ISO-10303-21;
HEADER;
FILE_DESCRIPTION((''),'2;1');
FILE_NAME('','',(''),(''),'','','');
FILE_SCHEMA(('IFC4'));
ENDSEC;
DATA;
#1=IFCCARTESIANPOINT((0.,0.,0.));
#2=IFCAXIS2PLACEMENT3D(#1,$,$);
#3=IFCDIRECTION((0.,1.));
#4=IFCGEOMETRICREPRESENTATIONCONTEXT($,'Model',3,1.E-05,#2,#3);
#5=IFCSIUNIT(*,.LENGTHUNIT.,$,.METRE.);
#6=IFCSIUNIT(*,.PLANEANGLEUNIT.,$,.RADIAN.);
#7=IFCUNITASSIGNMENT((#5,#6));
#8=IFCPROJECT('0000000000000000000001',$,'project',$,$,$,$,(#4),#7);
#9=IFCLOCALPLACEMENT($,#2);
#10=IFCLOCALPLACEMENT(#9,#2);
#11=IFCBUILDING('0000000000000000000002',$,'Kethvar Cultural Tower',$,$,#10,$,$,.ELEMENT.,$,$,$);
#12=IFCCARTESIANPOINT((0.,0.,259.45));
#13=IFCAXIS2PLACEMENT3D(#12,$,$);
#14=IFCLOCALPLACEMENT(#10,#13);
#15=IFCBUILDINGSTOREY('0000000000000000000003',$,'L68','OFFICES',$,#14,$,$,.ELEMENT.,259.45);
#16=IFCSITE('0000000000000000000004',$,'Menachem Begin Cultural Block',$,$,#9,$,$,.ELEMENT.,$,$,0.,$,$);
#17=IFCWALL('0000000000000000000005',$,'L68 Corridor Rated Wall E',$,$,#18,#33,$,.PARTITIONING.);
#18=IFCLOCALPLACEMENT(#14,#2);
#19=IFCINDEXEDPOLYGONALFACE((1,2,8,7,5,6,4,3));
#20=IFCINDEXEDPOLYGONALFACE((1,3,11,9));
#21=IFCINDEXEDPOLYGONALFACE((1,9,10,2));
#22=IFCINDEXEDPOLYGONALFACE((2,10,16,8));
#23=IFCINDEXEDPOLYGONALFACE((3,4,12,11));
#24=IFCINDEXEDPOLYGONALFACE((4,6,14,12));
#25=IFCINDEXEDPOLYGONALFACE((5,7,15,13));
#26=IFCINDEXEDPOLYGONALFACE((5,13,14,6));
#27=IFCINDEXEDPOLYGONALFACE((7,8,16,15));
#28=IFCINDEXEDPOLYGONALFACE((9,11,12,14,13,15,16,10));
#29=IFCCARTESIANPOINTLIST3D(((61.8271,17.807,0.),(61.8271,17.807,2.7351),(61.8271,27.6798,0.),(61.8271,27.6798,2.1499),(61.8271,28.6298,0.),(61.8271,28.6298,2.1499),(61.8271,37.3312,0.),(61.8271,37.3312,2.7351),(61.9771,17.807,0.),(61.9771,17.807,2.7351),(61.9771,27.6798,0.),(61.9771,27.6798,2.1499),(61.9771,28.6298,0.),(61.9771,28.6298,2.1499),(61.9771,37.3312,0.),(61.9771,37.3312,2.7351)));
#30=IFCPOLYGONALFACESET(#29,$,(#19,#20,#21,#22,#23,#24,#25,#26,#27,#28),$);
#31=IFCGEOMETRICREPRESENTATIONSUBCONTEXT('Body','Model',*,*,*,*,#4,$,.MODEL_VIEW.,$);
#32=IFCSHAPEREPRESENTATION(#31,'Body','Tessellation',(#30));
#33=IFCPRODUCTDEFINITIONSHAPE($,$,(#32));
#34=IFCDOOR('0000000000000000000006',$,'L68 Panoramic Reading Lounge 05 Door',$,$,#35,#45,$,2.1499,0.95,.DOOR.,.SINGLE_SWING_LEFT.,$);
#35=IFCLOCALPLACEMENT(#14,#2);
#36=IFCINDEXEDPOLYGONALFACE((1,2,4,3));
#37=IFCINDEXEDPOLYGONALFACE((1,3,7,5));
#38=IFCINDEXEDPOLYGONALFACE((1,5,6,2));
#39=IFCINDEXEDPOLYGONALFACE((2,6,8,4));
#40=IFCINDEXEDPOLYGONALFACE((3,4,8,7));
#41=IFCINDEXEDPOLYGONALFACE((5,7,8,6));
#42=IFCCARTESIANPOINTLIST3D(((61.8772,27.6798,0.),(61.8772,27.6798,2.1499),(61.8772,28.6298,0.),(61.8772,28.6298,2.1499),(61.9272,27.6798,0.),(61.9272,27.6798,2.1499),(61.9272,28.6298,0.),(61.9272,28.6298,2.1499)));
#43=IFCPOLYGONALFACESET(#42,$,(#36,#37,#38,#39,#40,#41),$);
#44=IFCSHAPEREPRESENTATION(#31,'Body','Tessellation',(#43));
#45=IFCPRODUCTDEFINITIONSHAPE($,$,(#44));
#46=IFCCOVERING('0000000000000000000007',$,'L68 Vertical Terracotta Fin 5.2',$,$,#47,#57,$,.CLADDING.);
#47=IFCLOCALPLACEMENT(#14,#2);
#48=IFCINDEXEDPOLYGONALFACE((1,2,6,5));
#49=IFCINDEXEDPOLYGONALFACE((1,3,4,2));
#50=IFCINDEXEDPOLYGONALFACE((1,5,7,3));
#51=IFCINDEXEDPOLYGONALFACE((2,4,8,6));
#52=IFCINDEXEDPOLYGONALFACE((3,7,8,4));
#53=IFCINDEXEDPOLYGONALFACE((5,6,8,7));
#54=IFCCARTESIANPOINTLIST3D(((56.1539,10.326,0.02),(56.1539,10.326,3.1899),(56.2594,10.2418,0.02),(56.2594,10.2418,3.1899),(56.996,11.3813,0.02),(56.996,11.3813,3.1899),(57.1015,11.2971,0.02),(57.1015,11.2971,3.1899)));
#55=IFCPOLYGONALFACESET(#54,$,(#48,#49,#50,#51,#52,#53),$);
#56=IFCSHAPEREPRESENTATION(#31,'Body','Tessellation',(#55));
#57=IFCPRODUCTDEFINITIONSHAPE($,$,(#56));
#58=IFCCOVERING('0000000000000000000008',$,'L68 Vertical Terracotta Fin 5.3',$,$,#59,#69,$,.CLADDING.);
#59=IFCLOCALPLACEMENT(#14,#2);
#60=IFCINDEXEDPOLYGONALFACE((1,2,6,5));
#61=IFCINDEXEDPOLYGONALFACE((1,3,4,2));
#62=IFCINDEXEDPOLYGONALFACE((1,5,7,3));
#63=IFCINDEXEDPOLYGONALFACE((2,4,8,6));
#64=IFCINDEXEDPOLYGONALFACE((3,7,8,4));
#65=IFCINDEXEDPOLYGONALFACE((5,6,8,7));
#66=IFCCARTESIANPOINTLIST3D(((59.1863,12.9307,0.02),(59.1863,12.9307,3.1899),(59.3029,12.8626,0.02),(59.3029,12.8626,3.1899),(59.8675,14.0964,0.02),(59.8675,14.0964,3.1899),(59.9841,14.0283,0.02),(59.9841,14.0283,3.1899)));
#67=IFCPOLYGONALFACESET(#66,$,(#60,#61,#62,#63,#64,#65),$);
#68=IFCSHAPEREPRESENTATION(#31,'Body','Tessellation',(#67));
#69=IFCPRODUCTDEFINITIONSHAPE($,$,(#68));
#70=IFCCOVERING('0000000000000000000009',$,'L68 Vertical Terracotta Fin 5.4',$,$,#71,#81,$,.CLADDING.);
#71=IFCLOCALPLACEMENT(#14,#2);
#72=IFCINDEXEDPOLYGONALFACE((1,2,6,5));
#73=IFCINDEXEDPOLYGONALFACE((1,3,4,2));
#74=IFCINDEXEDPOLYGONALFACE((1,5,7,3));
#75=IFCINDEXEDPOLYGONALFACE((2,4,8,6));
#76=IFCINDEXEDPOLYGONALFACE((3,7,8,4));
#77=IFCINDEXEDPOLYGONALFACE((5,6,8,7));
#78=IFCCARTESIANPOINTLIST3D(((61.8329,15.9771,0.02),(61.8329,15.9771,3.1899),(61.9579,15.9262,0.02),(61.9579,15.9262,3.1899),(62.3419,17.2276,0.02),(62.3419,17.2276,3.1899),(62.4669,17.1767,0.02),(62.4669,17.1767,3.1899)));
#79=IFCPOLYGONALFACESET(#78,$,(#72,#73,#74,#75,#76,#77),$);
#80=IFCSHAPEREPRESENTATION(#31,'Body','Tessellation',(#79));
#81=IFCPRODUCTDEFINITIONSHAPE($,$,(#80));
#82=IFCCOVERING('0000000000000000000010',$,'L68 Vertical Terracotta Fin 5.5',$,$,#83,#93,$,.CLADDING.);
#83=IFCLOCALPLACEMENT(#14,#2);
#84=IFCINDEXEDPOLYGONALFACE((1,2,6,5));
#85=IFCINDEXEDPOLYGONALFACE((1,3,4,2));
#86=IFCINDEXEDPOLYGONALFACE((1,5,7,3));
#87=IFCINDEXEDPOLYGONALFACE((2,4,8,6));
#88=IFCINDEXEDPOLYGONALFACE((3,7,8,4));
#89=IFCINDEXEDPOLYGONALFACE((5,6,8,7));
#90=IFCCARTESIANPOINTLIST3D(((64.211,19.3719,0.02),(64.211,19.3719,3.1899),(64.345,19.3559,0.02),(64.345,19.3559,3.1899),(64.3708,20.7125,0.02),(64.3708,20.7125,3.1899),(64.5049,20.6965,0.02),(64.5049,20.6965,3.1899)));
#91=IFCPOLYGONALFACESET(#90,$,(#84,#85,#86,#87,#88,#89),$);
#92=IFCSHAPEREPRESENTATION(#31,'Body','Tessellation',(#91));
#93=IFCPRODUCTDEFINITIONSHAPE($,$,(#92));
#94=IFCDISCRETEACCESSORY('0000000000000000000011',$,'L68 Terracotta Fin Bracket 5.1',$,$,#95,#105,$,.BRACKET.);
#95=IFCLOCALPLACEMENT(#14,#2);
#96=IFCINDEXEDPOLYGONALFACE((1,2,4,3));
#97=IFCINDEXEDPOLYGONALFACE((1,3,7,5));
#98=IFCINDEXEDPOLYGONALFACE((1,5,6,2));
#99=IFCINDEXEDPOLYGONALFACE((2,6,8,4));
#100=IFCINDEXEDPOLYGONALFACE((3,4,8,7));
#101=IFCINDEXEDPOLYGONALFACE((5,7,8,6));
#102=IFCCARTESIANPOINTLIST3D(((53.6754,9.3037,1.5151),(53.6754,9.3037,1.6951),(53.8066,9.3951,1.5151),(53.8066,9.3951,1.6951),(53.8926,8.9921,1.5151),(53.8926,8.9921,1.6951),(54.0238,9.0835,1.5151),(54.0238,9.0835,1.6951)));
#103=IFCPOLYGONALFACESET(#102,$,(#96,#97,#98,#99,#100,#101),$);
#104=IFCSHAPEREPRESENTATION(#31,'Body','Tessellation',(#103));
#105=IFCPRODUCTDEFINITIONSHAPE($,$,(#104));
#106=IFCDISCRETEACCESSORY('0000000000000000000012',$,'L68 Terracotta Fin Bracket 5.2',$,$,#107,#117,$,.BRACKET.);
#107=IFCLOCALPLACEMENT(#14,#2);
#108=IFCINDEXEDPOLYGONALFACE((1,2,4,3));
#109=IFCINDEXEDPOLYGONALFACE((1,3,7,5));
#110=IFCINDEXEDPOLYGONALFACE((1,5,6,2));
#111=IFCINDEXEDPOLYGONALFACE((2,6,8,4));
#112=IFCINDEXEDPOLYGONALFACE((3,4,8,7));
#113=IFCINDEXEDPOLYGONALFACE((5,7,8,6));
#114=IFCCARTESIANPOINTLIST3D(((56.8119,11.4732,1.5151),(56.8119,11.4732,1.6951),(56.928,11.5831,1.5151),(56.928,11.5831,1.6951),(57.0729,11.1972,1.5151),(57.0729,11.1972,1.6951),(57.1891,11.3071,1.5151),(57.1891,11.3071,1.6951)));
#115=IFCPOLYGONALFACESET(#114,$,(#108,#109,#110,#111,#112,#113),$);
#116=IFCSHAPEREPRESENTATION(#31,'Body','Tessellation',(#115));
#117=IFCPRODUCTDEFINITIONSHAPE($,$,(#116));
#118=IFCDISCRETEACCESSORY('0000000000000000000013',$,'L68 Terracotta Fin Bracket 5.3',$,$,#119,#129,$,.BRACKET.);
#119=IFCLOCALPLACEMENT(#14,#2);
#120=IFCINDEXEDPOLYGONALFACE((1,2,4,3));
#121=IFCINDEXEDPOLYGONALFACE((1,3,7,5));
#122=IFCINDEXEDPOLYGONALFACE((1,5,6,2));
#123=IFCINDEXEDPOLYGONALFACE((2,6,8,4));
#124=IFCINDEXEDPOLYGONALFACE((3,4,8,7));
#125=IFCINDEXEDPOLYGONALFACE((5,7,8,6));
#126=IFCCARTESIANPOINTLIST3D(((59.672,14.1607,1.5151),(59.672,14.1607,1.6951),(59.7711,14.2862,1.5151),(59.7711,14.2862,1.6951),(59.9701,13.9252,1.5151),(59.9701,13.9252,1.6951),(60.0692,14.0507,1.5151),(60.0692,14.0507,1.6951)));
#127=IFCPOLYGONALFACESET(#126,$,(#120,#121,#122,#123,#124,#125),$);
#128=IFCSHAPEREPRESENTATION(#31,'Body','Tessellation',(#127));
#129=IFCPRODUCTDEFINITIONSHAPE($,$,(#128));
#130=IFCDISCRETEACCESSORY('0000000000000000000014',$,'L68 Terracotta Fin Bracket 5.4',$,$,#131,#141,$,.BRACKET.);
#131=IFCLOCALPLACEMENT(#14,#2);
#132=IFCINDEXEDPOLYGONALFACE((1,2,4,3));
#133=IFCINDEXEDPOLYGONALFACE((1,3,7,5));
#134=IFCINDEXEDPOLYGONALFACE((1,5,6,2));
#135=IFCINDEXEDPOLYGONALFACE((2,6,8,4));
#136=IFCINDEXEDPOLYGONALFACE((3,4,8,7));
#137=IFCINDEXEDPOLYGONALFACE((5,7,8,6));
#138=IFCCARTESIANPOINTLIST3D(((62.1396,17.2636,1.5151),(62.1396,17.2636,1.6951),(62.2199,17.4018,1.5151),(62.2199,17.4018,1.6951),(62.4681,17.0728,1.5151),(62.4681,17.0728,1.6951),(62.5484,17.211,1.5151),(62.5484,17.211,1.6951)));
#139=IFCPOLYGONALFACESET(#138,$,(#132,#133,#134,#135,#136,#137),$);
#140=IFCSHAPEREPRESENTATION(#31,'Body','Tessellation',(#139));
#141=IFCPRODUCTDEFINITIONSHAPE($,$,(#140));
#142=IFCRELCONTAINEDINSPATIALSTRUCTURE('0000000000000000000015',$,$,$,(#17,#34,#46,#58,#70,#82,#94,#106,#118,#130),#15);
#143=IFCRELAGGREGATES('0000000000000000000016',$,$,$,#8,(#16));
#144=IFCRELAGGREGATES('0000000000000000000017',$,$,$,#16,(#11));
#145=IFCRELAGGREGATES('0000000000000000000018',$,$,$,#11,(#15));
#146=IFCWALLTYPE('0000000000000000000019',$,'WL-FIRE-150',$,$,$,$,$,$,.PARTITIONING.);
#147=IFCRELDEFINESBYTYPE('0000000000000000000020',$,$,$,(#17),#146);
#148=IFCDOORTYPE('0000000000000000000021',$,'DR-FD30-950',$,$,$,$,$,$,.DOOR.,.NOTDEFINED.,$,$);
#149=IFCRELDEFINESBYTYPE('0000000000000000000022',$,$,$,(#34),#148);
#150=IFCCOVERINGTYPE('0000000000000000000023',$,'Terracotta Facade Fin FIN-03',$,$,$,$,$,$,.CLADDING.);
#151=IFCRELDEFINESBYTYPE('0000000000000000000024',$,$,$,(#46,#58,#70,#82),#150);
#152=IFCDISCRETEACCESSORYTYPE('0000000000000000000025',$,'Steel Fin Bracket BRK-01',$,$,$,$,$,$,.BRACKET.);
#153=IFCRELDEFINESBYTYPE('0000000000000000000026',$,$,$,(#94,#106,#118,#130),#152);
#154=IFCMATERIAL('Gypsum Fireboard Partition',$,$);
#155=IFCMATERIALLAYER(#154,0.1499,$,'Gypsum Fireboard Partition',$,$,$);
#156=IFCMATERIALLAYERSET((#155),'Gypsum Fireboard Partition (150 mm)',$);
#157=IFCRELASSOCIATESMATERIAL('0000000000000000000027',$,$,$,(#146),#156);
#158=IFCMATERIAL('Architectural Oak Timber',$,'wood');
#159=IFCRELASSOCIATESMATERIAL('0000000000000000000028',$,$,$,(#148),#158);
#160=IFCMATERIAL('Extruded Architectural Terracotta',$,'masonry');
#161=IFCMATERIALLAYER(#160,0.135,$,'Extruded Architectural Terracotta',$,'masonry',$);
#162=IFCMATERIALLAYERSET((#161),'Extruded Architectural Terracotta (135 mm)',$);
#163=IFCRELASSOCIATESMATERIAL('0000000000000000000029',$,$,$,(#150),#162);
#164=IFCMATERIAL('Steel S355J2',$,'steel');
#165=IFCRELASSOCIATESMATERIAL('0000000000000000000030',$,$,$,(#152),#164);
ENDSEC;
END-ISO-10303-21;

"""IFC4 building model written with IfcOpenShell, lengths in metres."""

from ifc_helpers import new_model, si_unit, direction, frame, frame_2d, origin, origin_2d, place, context, subcontext, project, spatial, rectangle, extrude, source, transform, mapped, material, layer, layer_set, type_object, element, fill, save


model = new_model("IFC4")

# Units and contexts
model_context = context("Model", 3, precision=1e-05, world=origin(), true_north=direction((0.0, 1.0)))
body_context = subcontext(model_context, "Body", "Model", "MODEL_VIEW")
ifc_project = project(units=[si_unit("LENGTHUNIT", "METRE"), si_unit("PLANEANGLEUNIT", "RADIAN")], contexts=[model_context])

# Site, building, storey
site_placement = place(None, origin())
site = spatial("IfcSite", under=ifc_project, at=site_placement, Name="Menachem Begin Cultural Block", CompositionType="ELEMENT", RefElevation=0.0)
building_placement = place(site_placement, origin())
building = spatial("IfcBuilding", under=site, at=building_placement, Name="Kethvar Cultural Tower", CompositionType="ELEMENT")
storey_placement = place(building_placement, frame((0.0, 0.0, 259.45)))
storey = spatial("IfcBuildingStorey", under=building, at=storey_placement, Name="L68", Description="OFFICES", CompositionType="ELEMENT", Elevation=259.45)

# Shared definitions
ifc_material_1 = material(Name="Steel S355J2", Category="steel")

# Wall, opening, door
ifc_material_2 = material(Name="Gypsum Fireboard Partition")
ifc_layer_1 = layer(ifc_material_2, 0.1499, Name="Gypsum Fireboard Partition")
ifc_layer_set_1 = layer_set([ifc_layer_1], Name="Gypsum Fireboard Partition (150 mm)")
wall_type = type_object("IfcWallType", Name="WL-FIRE-150", PredefinedType="PARTITIONING", material=ifc_layer_set_1)
wall_placement = place(storey_placement, frame((61.9021, 17.8069, 0.0), z_axis=(0.0, 0.0, 1.0), x_axis=(0.0, 1.0, 0.0)))
wall = element("IfcWall", 1, at=wall_placement, inside=storey, type_object=wall_type, Name="L68 Corridor Rated Wall E", PredefinedType="PARTITIONING", context=body_context, shape_type="SweptSolid", body=[
    extrude(rectangle(XDim=19.5242, YDim=0.1499, at=frame_2d((9.7622, 0.0))), origin(), (0.0, 0.0, 1.0), 2.7351),
])
opening_placement = place(wall_placement, frame((9.8728, 0.0, 0.0)))
opening = element("IfcOpeningElement", 2, at=opening_placement, cuts=wall, PredefinedType="OPENING", context=body_context, shape_type="SweptSolid", body=[
    extrude(rectangle(XDim=0.95, YDim=2.1499, at=frame_2d((0.4751, 1.075))), frame((0.0, 0.085, 0.0), z_axis=(0.0, -1.0, 0.0), x_axis=(1.0, 0.0, 0.0)), (0.0, 0.0, 1.0), 0.1699),
])
ifc_material_3 = material(Name="Architectural Oak Timber", Category="wood")
door_type = type_object("IfcDoorType", Name="DR-FD30-950", OperationType="NOTDEFINED", PredefinedType="DOOR", material=ifc_material_3)
shared_shape_1 = source(origin(), body_context, "Body", "SweptSolid", [
    extrude(rectangle(XDim=0.95, YDim=2.1499, at=frame_2d((0.4751, 1.075))), frame((0.0, 0.0249, 0.0), z_axis=(0.0, -1.0, 0.0), x_axis=(1.0, 0.0, 0.0)), (0.0, 0.0, 1.0), 0.05),
])
door_placement = place(opening_placement, origin())
door = element("IfcDoor", 3, at=door_placement, inside=storey, type_object=door_type, Name="L68 Panoramic Reading Lounge 05 Door", OperationType="SINGLE_SWING_LEFT", OverallHeight=2.1499, OverallWidth=0.95, PredefinedType="DOOR", context=body_context, shape_type="MappedRepresentation", body=[
    mapped(shared_shape_1, transform((0.0, 0.0, 0.0), scale=1.0)),
])
fill(opening, door)

# Coverings
ifc_material_4 = material(Name="Extruded Architectural Terracotta", Category="masonry")
ifc_layer_2 = layer(ifc_material_4, 0.135, Name="Extruded Architectural Terracotta", Category="masonry")
ifc_layer_set_2 = layer_set([ifc_layer_2], Name="Extruded Architectural Terracotta (135 mm)")
covering_type = type_object("IfcCoveringType", Name="Terracotta Facade Fin FIN-03", PredefinedType="CLADDING", material=ifc_layer_set_2)
shared_shape_2 = source(origin(), body_context, "Body", "SweptSolid", [
    extrude(rectangle(XDim=1.3501, YDim=0.135, at=origin_2d()), origin(), (0.0, 0.0, 1.0), 3.1699),
])
for number, where, z_axis, x_axis, name in (
    (4, (56.6277, 10.8115, 0.02), (0.0, 0.0, 1.0), (-0.623743, -0.781629, 0.0), "L68 Vertical Terracotta Fin 5.2"),
    (5, (59.5852, 13.4795, 0.02), (0.0, 0.0, 1.0), (-0.504528, -0.863396, 0.0), "L68 Vertical Terracotta Fin 5.3"),
    (6, (62.1499, 16.5769, 0.02), (0.0, 0.0, 1.0), (-0.377033, -0.9262, 0.0), "L68 Vertical Terracotta Fin 5.4"),
    (7, (64.3579, 20.0342, 0.02), (0.0, 0.0, 1.0), (-0.118404, -0.992966, 0.0), "L68 Vertical Terracotta Fin 5.5"),
):
    element("IfcCovering", number, at=place(storey_placement, frame(where, z_axis=z_axis, x_axis=x_axis)), inside=storey, type_object=covering_type, Name=name, PredefinedType="CLADDING", context=body_context, shape_type="MappedRepresentation", body=[
        mapped(shared_shape_2, transform((0.0, 0.0, 0.0), scale=1.0)),
    ])

# Discrete accessories
discrete_accessory_type = type_object("IfcDiscreteAccessoryType", Name="Steel Fin Bracket BRK-01", PredefinedType="BRACKET", material=ifc_material_1)
shared_shape_3 = source(origin(), body_context, "Body", "SweptSolid", [
    extrude(rectangle(XDim=0.3799, YDim=0.1599, at=origin_2d()), origin(), (0.0, 0.0, 1.0), 0.1799),
])
for number, where, z_axis, x_axis, name in (
    (8, (53.8496, 9.1936, 1.5151), (0.0, 0.0, 1.0), (0.57186, -0.820352, 0.0), "L68 Terracotta Fin Bracket 5.1"),
    (9, (57.0005, 11.3901, 1.5151), (0.0, 0.0, 1.0), (0.687214, -0.726455, 0.0), "L68 Terracotta Fin Bracket 5.2"),
    (10, (59.8706, 14.1057, 1.5151), (0.0, 0.0, 1.0), (0.784776, -0.619779, 0.0), "L68 Terracotta Fin Bracket 5.3"),
    (11, (62.344, 17.2373, 1.5151), (0.0, 0.0, 1.0), (0.864713, -0.502266, 0.0), "L68 Terracotta Fin Bracket 5.4"),
):
    element("IfcDiscreteAccessory", number, at=place(storey_placement, frame(where, z_axis=z_axis, x_axis=x_axis)), inside=storey, type_object=discrete_accessory_type, Name=name, PredefinedType="BRACKET", context=body_context, shape_type="MappedRepresentation", body=[
        mapped(shared_shape_3, transform((0.0, 0.0, 0.0), scale=1.0)),
    ])

save(model, "model.ifc")
